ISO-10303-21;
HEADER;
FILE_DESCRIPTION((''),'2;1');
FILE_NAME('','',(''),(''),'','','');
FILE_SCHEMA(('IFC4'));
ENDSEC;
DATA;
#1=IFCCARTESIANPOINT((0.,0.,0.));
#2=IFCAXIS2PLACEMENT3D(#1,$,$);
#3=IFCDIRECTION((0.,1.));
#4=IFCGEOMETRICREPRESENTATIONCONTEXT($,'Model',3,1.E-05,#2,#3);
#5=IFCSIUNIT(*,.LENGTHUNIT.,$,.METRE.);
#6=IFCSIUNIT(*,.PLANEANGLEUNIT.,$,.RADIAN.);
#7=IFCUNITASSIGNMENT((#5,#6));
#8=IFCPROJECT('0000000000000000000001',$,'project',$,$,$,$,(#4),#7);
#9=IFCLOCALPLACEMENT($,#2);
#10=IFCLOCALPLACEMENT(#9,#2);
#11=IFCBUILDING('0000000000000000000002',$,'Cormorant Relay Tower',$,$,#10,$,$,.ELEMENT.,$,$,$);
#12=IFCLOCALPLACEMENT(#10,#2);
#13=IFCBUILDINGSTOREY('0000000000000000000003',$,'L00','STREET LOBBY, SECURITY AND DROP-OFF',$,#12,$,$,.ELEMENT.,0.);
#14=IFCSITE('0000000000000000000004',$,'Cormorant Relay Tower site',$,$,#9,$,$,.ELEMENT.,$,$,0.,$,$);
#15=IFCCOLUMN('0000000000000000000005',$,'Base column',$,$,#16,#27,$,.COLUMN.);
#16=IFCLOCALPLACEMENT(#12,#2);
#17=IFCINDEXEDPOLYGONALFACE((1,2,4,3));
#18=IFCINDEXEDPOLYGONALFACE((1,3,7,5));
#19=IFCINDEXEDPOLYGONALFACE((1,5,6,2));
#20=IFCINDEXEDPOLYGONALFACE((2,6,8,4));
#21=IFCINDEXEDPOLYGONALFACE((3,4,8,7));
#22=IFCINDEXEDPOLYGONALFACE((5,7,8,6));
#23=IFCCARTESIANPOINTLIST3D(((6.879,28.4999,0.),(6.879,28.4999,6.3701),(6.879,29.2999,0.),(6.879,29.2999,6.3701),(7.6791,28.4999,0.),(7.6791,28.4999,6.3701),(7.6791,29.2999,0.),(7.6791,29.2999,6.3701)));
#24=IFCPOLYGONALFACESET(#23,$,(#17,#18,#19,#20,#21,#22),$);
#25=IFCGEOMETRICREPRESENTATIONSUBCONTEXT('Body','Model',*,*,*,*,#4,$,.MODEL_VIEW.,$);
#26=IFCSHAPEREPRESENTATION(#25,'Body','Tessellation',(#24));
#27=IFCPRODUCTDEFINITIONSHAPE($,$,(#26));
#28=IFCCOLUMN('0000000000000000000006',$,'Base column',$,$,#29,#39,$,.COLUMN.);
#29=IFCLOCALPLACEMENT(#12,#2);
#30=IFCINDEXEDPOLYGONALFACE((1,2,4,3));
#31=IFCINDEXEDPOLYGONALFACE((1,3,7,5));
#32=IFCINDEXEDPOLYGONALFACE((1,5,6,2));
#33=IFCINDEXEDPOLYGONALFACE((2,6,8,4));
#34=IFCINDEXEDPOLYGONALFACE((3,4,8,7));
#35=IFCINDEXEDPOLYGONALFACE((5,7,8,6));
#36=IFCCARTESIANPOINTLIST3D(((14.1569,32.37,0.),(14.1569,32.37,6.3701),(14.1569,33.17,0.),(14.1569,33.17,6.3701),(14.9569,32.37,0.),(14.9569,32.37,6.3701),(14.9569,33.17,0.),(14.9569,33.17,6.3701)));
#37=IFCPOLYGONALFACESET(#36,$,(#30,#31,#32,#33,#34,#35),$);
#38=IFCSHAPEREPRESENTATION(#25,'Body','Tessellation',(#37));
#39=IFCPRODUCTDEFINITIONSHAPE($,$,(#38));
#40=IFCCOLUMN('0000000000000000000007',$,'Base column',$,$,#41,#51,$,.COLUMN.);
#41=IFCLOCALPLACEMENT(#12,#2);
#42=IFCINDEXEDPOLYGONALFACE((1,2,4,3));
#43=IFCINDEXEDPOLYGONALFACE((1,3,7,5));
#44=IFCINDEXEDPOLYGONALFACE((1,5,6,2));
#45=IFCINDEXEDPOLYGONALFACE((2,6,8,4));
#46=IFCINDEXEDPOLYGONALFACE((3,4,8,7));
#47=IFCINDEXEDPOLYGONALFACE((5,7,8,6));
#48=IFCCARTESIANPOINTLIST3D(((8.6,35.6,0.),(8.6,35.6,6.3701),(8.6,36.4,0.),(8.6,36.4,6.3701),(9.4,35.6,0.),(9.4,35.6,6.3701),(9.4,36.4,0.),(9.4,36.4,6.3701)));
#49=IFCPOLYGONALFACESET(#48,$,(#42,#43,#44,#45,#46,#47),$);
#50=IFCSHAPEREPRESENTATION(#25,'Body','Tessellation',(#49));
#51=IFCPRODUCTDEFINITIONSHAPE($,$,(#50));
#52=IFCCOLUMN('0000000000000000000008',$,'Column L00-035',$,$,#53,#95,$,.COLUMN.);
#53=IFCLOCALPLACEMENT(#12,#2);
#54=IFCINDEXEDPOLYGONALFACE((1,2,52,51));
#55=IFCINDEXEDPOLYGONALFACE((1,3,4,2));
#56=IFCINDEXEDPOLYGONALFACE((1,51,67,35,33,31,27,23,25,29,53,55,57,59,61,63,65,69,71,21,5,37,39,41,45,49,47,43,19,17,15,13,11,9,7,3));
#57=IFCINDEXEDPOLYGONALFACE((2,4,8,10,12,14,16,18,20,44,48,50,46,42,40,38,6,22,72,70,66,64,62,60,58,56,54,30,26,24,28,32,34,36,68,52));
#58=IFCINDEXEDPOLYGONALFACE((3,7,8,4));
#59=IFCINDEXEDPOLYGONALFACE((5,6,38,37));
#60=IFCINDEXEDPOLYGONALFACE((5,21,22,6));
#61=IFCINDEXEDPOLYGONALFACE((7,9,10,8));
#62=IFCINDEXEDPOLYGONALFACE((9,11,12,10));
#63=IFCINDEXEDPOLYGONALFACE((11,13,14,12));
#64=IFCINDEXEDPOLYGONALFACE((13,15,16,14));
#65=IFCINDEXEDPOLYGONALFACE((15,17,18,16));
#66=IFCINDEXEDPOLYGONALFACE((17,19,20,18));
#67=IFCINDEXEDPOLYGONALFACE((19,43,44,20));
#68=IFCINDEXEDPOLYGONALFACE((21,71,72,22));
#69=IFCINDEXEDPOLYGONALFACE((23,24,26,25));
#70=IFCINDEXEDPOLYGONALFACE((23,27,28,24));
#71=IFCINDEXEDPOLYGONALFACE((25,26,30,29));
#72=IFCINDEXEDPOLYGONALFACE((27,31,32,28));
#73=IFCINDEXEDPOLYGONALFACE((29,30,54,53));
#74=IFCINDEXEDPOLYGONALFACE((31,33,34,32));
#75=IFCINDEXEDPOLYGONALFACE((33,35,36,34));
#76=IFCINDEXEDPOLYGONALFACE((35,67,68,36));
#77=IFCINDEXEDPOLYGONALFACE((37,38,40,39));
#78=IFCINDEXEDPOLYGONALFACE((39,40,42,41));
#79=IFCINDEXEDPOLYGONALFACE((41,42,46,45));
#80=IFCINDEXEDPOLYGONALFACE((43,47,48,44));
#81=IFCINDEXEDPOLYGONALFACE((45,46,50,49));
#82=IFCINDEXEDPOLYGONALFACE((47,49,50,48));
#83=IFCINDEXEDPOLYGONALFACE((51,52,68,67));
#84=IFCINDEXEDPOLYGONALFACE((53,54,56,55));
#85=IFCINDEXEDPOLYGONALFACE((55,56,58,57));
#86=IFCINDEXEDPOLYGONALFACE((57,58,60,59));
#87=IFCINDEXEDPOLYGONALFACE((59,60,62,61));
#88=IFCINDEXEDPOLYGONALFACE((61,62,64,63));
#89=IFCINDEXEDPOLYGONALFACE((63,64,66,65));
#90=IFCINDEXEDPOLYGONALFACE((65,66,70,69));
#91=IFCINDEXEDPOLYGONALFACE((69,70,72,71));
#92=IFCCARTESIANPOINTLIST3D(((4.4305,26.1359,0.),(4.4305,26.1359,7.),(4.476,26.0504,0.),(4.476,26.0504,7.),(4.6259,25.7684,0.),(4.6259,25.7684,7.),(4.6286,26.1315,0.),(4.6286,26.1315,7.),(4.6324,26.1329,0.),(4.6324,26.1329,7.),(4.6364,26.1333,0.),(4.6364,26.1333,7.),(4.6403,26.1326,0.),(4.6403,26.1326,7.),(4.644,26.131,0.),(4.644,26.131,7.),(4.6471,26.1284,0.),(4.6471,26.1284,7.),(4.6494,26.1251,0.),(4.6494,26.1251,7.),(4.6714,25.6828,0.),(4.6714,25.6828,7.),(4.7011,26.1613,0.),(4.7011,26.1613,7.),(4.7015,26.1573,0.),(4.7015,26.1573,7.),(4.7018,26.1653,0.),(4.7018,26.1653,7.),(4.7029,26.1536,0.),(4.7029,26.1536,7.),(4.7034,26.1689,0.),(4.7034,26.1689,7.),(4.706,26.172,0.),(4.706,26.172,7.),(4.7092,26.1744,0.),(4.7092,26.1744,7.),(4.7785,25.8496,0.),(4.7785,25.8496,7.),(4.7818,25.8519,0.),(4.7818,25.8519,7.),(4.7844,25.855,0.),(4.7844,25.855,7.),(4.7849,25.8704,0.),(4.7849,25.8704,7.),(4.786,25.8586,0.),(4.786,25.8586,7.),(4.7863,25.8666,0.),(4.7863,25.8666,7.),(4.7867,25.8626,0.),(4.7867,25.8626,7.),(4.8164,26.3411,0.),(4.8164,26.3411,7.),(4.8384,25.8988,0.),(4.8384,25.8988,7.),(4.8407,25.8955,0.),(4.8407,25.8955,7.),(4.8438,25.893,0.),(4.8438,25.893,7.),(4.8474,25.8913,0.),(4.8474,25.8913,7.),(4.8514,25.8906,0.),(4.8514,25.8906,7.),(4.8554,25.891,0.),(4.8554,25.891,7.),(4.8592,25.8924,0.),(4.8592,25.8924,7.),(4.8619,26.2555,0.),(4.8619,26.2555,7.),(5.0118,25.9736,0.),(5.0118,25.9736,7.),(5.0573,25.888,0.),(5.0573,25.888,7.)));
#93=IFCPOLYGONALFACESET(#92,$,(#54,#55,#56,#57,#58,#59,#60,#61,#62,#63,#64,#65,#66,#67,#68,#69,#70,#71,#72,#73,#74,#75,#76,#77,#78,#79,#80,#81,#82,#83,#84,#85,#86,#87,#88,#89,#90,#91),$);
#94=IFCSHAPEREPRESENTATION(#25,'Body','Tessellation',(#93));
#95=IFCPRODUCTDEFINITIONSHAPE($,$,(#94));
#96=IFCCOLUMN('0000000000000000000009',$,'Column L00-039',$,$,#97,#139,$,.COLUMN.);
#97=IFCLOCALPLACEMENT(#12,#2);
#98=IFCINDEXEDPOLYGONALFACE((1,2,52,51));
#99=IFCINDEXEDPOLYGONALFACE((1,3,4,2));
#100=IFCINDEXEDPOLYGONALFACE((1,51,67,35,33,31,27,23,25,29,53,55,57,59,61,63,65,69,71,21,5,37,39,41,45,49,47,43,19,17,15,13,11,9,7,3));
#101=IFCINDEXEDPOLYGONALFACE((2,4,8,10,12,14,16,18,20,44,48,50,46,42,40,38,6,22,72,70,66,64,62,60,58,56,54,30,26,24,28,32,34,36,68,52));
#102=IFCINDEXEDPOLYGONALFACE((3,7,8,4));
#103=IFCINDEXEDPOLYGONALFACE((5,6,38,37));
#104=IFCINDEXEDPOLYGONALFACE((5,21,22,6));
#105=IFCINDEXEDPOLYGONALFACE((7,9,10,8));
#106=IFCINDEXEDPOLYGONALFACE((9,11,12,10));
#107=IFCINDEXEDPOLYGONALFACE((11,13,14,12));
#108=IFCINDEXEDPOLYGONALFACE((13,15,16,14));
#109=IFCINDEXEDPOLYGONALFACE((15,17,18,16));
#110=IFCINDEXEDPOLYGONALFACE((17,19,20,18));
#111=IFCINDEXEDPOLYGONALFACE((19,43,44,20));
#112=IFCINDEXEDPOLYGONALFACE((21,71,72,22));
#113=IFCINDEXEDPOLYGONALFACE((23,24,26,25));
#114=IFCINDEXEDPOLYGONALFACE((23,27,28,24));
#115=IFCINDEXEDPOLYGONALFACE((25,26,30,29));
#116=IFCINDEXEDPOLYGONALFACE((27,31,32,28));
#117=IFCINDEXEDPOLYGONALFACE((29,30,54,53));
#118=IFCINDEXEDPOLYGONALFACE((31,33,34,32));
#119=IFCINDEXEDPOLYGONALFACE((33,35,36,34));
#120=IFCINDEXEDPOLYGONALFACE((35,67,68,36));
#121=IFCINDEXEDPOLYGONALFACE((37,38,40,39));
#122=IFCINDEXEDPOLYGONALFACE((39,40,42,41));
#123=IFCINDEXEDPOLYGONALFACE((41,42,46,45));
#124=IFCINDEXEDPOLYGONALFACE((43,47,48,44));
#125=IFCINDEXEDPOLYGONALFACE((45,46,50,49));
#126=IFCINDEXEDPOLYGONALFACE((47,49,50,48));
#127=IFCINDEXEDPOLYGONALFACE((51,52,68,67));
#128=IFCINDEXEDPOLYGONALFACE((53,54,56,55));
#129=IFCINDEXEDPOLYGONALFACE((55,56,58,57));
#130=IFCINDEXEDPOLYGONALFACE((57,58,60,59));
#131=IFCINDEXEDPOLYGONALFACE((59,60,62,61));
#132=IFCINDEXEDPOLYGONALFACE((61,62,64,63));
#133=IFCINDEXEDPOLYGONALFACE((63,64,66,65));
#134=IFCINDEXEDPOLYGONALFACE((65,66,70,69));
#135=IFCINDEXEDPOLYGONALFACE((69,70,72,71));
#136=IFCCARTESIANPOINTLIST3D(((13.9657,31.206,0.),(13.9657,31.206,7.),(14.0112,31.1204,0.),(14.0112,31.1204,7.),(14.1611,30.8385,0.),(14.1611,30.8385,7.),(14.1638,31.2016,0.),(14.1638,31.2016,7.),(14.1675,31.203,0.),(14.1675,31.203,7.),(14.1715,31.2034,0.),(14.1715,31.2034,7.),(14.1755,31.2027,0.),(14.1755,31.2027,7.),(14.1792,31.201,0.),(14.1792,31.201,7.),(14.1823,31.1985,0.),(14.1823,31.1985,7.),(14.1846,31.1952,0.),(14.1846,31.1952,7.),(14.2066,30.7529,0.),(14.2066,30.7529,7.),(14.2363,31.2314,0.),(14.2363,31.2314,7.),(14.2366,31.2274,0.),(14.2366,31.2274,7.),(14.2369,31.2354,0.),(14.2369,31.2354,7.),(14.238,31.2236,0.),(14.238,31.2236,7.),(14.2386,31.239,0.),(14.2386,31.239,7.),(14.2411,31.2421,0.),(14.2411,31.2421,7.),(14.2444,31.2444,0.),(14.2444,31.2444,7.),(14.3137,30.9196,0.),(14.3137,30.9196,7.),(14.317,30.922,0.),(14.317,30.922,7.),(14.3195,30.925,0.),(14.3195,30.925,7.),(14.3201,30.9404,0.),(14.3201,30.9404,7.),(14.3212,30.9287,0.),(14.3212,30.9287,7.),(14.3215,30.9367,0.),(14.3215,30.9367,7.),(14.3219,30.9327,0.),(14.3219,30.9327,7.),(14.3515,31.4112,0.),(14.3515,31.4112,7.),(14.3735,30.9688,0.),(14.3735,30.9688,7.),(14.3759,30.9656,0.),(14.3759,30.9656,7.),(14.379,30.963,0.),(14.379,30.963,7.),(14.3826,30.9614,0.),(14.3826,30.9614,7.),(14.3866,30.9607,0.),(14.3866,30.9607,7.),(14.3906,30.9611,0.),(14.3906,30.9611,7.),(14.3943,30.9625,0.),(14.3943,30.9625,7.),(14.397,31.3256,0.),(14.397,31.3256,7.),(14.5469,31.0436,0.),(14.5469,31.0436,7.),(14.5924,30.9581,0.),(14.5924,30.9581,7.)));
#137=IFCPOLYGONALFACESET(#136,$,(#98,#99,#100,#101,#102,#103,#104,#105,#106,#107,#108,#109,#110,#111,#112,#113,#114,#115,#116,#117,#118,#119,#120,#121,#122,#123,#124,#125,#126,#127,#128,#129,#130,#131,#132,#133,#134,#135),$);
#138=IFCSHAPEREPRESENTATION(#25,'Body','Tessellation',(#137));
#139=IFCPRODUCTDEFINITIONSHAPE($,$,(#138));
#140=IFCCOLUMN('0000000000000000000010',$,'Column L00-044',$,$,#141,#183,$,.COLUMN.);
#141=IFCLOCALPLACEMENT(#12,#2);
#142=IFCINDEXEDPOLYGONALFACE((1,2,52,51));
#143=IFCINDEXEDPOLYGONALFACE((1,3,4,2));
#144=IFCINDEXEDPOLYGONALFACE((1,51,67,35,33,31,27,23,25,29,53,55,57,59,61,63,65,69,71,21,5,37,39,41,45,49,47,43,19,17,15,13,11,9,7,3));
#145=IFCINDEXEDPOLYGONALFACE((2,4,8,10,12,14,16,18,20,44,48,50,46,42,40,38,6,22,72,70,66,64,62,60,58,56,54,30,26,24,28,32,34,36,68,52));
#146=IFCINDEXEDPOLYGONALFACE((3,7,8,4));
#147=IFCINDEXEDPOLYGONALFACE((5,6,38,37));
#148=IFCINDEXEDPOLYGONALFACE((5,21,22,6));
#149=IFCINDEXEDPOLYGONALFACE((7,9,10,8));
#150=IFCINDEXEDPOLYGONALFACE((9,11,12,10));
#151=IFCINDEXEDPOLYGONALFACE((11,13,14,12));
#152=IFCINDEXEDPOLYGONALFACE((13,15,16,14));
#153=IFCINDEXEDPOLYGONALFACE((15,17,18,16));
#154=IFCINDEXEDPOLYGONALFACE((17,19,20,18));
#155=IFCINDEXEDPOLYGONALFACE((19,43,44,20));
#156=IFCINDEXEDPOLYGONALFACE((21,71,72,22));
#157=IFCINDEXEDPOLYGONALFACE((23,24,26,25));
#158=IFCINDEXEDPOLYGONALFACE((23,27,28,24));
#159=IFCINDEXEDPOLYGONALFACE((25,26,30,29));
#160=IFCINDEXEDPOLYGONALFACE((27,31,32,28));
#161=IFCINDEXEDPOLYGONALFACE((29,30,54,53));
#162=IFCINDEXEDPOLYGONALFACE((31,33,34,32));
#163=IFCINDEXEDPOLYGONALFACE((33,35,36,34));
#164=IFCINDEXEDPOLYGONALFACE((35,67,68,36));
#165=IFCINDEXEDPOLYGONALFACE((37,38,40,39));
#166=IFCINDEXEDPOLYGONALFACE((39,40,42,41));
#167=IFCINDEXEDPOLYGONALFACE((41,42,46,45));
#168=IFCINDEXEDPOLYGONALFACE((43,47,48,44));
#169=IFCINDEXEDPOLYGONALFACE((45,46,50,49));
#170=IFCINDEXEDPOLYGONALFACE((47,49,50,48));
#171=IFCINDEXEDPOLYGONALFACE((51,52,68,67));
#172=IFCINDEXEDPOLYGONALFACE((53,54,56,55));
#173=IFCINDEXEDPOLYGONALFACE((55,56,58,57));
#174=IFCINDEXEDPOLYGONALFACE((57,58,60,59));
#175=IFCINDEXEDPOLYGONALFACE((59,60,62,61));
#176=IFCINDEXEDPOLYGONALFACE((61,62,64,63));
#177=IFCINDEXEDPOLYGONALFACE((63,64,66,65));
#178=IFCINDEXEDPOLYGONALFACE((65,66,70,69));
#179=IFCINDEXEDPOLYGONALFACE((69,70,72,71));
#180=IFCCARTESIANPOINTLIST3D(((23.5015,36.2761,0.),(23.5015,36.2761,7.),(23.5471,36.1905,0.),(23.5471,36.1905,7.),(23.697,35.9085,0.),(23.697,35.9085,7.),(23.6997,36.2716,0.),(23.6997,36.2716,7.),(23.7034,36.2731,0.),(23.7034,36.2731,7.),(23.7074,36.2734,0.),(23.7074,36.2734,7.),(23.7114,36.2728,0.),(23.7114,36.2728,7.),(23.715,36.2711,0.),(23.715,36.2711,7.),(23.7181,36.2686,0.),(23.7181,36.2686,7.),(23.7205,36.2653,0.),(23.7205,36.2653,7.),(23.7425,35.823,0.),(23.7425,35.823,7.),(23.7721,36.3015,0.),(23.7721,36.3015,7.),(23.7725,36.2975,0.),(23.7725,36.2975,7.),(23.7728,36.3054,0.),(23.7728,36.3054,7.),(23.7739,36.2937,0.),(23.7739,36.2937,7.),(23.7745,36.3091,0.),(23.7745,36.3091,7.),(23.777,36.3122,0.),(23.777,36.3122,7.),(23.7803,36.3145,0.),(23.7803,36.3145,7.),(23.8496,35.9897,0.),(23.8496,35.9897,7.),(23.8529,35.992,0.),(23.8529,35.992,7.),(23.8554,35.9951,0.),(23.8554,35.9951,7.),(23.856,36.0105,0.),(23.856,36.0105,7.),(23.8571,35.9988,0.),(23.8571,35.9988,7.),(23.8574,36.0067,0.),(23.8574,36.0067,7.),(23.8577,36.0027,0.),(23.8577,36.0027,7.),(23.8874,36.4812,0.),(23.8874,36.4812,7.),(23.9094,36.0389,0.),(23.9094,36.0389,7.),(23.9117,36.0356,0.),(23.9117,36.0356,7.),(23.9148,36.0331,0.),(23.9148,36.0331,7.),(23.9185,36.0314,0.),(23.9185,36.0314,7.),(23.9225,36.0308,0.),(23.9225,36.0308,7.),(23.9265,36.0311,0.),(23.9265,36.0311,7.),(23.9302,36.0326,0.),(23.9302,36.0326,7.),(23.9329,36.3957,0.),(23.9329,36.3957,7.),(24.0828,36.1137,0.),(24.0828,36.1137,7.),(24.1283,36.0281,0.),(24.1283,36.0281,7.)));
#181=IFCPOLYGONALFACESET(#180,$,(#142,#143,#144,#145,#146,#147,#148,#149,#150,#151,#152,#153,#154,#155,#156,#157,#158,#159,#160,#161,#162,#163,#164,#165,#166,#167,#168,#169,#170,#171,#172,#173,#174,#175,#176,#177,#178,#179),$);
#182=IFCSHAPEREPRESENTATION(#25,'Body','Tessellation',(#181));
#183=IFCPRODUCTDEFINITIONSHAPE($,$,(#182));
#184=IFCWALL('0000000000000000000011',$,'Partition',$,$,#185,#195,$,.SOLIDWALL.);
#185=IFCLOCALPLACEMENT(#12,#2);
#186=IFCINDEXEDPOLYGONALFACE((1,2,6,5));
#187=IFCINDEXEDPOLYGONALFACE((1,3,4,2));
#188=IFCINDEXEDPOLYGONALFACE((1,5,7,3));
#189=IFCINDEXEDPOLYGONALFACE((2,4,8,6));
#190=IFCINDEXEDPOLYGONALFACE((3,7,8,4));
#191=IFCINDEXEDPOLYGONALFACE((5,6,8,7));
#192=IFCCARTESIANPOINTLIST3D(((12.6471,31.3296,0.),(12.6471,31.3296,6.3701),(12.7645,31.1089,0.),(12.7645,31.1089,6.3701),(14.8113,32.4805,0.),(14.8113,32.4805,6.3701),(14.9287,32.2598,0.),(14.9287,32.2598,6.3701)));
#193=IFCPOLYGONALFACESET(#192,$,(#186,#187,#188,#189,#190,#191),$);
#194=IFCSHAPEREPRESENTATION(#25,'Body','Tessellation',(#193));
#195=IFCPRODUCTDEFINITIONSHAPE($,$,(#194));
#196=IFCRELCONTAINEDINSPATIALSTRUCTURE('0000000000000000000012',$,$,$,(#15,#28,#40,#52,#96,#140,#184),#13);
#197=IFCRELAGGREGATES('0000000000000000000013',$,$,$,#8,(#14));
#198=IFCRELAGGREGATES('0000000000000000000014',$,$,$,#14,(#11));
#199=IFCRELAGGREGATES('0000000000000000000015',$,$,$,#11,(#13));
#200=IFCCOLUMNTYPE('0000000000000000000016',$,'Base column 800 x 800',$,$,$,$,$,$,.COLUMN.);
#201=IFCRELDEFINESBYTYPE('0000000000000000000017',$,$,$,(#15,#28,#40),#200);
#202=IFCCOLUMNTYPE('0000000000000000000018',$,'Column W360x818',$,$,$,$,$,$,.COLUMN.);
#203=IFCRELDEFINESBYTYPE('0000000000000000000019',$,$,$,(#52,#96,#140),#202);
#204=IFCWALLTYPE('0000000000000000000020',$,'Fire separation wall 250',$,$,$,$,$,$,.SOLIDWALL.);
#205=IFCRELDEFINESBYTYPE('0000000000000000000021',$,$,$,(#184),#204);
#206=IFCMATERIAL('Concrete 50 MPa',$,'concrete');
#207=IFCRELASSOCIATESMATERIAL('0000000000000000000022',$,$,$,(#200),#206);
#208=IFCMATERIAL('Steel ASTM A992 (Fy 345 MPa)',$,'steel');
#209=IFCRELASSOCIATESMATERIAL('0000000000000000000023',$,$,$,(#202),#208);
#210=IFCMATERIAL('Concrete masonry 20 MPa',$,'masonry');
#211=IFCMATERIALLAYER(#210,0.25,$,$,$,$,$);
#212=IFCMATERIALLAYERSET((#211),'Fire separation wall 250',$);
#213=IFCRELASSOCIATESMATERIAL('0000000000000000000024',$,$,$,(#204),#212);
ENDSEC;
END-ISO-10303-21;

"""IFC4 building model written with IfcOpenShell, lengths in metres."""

from ifc_helpers import new_model, si_unit, direction, frame, frame_2d, origin, origin_2d, place, context, subcontext, project, spatial, rectangle, i_section, extrude, material, layer, layer_set, material_profile, profile_set, type_object, element, save


model = new_model("IFC4")

# Units and contexts
model_context = context("Model", 3, precision=1e-05, world=origin(), true_north=direction((0.0, 1.0)))
body_context = subcontext(model_context, "Body", "Model", "MODEL_VIEW")
ifc_project = project(units=[si_unit("LENGTHUNIT", "METRE"), si_unit("PLANEANGLEUNIT", "RADIAN")], contexts=[model_context])

# Site, building, storey
site_placement = place(None, origin())
site = spatial("IfcSite", under=ifc_project, at=site_placement, Name="Cormorant Relay Tower site", CompositionType="ELEMENT", RefElevation=0.0)
building_placement = place(site_placement, origin())
building = spatial("IfcBuilding", under=site, at=building_placement, Name="Cormorant Relay Tower", CompositionType="ELEMENT")
storey_placement = place(building_placement, origin())
storey = spatial("IfcBuildingStorey", under=building, at=storey_placement, Name="L00", Description="STREET LOBBY, SECURITY AND DROP-OFF", CompositionType="ELEMENT", Elevation=0.0)

# Columns
ifc_material_1 = material(Name="Concrete 50 MPa", Category="concrete")
ifc_material_profile_1 = material_profile(ifc_material_1, rectangle(XDim=0.8, YDim=0.8, at=origin_2d()), Name="RC 800x800")
ifc_profile_set_1 = profile_set([ifc_material_profile_1], Name="Concrete 50 MPa")
column_type_1 = type_object("IfcColumnType", Name="Base column 800 x 800", PredefinedType="COLUMN", material=ifc_profile_set_1)
for number, where, z_axis, x_axis, name in (
    (1, (7.2791, 28.8999, 0.0), (0.0, 0.0, 1.0), (1.0, 0.0, 0.0), "Base column"),
    (2, (14.5569, 32.77, 0.0), (0.0, 0.0, 1.0), (1.0, 0.0, 0.0), "Base column"),
    (3, (9.0, 36.0, 0.0), (0.0, 0.0, 1.0), (1.0, 0.0, 0.0), "Base column"),
):
    element("IfcColumn", number, at=place(storey_placement, frame(where, z_axis=z_axis, x_axis=x_axis)), inside=storey, type_object=column_type_1, Name=name, PredefinedType="COLUMN", context=body_context, shape_type="SweptSolid", body=[
        extrude(rectangle(XDim=0.8, YDim=0.8, at=origin_2d()), origin(), (0.0, 0.0, 1.0), 6.3701),
    ])
ifc_material_2 = material(Name="Steel ASTM A992 (Fy 345 MPa)", Category="steel")
ifc_material_profile_2 = material_profile(ifc_material_2, i_section(OverallWidth=0.437, OverallDepth=0.5132, WebThickness=0.0605, FlangeThickness=0.0969, FilletRadius=0.0154, at=origin_2d()), Name="W360x818")
ifc_profile_set_2 = profile_set([ifc_material_profile_2], Name="Steel ASTM A992 (Fy 345 MPa)")
column_type_2 = type_object("IfcColumnType", Name="Column W360x818", PredefinedType="COLUMN", material=ifc_profile_set_2)
for number, where, z_axis, x_axis, name in (
    (4, (4.7439, 26.012, 0.0), (0.0, 0.0, 1.0), (-0.882948, -0.469472, 0.0), "Column L00-035"),
    (5, (14.2791, 31.082, 0.0), (0.0, 0.0, 1.0), (-0.882948, -0.469472, 0.0), "Column L00-039"),
    (6, (23.8149, 36.1521, 0.0), (0.0, 0.0, 1.0), (-0.882948, -0.469472, 0.0), "Column L00-044"),
):
    element("IfcColumn", number, at=place(storey_placement, frame(where, z_axis=z_axis, x_axis=x_axis)), inside=storey, type_object=column_type_2, Name=name, PredefinedType="COLUMN", context=body_context, shape_type="SweptSolid", body=[
        extrude(i_section(OverallWidth=0.437, OverallDepth=0.5132, WebThickness=0.0605, FlangeThickness=0.0969, FilletRadius=0.0154, at=origin_2d()), origin(), (0.0, 0.0, 1.0), 7.0),
    ])

# Wall
ifc_material_3 = material(Name="Concrete masonry 20 MPa", Category="masonry")
ifc_layer_1 = layer(ifc_material_3, 0.25)
ifc_layer_set_1 = layer_set([ifc_layer_1], Name="Fire separation wall 250")
wall_type_1 = type_object("IfcWallType", Name="Fire separation wall 250", PredefinedType="SOLIDWALL", material=ifc_layer_set_1)
wall_1_placement = place(storey_placement, frame((12.7058, 31.2192, 0.0), z_axis=(0.0, 0.0, 1.0), x_axis=(0.882909, 0.469544, 0.0)))
element("IfcWall", 7, at=wall_1_placement, inside=storey, type_object=wall_type_1, Name="Partition", PredefinedType="SOLIDWALL", context=body_context, shape_type="SweptSolid", body=[
    extrude(rectangle(XDim=2.4512, YDim=0.25, at=frame_2d((1.2256, 0.0))), origin(), (0.0, 0.0, 1.0), 6.3701),
])

save(model, "model.ifc")
